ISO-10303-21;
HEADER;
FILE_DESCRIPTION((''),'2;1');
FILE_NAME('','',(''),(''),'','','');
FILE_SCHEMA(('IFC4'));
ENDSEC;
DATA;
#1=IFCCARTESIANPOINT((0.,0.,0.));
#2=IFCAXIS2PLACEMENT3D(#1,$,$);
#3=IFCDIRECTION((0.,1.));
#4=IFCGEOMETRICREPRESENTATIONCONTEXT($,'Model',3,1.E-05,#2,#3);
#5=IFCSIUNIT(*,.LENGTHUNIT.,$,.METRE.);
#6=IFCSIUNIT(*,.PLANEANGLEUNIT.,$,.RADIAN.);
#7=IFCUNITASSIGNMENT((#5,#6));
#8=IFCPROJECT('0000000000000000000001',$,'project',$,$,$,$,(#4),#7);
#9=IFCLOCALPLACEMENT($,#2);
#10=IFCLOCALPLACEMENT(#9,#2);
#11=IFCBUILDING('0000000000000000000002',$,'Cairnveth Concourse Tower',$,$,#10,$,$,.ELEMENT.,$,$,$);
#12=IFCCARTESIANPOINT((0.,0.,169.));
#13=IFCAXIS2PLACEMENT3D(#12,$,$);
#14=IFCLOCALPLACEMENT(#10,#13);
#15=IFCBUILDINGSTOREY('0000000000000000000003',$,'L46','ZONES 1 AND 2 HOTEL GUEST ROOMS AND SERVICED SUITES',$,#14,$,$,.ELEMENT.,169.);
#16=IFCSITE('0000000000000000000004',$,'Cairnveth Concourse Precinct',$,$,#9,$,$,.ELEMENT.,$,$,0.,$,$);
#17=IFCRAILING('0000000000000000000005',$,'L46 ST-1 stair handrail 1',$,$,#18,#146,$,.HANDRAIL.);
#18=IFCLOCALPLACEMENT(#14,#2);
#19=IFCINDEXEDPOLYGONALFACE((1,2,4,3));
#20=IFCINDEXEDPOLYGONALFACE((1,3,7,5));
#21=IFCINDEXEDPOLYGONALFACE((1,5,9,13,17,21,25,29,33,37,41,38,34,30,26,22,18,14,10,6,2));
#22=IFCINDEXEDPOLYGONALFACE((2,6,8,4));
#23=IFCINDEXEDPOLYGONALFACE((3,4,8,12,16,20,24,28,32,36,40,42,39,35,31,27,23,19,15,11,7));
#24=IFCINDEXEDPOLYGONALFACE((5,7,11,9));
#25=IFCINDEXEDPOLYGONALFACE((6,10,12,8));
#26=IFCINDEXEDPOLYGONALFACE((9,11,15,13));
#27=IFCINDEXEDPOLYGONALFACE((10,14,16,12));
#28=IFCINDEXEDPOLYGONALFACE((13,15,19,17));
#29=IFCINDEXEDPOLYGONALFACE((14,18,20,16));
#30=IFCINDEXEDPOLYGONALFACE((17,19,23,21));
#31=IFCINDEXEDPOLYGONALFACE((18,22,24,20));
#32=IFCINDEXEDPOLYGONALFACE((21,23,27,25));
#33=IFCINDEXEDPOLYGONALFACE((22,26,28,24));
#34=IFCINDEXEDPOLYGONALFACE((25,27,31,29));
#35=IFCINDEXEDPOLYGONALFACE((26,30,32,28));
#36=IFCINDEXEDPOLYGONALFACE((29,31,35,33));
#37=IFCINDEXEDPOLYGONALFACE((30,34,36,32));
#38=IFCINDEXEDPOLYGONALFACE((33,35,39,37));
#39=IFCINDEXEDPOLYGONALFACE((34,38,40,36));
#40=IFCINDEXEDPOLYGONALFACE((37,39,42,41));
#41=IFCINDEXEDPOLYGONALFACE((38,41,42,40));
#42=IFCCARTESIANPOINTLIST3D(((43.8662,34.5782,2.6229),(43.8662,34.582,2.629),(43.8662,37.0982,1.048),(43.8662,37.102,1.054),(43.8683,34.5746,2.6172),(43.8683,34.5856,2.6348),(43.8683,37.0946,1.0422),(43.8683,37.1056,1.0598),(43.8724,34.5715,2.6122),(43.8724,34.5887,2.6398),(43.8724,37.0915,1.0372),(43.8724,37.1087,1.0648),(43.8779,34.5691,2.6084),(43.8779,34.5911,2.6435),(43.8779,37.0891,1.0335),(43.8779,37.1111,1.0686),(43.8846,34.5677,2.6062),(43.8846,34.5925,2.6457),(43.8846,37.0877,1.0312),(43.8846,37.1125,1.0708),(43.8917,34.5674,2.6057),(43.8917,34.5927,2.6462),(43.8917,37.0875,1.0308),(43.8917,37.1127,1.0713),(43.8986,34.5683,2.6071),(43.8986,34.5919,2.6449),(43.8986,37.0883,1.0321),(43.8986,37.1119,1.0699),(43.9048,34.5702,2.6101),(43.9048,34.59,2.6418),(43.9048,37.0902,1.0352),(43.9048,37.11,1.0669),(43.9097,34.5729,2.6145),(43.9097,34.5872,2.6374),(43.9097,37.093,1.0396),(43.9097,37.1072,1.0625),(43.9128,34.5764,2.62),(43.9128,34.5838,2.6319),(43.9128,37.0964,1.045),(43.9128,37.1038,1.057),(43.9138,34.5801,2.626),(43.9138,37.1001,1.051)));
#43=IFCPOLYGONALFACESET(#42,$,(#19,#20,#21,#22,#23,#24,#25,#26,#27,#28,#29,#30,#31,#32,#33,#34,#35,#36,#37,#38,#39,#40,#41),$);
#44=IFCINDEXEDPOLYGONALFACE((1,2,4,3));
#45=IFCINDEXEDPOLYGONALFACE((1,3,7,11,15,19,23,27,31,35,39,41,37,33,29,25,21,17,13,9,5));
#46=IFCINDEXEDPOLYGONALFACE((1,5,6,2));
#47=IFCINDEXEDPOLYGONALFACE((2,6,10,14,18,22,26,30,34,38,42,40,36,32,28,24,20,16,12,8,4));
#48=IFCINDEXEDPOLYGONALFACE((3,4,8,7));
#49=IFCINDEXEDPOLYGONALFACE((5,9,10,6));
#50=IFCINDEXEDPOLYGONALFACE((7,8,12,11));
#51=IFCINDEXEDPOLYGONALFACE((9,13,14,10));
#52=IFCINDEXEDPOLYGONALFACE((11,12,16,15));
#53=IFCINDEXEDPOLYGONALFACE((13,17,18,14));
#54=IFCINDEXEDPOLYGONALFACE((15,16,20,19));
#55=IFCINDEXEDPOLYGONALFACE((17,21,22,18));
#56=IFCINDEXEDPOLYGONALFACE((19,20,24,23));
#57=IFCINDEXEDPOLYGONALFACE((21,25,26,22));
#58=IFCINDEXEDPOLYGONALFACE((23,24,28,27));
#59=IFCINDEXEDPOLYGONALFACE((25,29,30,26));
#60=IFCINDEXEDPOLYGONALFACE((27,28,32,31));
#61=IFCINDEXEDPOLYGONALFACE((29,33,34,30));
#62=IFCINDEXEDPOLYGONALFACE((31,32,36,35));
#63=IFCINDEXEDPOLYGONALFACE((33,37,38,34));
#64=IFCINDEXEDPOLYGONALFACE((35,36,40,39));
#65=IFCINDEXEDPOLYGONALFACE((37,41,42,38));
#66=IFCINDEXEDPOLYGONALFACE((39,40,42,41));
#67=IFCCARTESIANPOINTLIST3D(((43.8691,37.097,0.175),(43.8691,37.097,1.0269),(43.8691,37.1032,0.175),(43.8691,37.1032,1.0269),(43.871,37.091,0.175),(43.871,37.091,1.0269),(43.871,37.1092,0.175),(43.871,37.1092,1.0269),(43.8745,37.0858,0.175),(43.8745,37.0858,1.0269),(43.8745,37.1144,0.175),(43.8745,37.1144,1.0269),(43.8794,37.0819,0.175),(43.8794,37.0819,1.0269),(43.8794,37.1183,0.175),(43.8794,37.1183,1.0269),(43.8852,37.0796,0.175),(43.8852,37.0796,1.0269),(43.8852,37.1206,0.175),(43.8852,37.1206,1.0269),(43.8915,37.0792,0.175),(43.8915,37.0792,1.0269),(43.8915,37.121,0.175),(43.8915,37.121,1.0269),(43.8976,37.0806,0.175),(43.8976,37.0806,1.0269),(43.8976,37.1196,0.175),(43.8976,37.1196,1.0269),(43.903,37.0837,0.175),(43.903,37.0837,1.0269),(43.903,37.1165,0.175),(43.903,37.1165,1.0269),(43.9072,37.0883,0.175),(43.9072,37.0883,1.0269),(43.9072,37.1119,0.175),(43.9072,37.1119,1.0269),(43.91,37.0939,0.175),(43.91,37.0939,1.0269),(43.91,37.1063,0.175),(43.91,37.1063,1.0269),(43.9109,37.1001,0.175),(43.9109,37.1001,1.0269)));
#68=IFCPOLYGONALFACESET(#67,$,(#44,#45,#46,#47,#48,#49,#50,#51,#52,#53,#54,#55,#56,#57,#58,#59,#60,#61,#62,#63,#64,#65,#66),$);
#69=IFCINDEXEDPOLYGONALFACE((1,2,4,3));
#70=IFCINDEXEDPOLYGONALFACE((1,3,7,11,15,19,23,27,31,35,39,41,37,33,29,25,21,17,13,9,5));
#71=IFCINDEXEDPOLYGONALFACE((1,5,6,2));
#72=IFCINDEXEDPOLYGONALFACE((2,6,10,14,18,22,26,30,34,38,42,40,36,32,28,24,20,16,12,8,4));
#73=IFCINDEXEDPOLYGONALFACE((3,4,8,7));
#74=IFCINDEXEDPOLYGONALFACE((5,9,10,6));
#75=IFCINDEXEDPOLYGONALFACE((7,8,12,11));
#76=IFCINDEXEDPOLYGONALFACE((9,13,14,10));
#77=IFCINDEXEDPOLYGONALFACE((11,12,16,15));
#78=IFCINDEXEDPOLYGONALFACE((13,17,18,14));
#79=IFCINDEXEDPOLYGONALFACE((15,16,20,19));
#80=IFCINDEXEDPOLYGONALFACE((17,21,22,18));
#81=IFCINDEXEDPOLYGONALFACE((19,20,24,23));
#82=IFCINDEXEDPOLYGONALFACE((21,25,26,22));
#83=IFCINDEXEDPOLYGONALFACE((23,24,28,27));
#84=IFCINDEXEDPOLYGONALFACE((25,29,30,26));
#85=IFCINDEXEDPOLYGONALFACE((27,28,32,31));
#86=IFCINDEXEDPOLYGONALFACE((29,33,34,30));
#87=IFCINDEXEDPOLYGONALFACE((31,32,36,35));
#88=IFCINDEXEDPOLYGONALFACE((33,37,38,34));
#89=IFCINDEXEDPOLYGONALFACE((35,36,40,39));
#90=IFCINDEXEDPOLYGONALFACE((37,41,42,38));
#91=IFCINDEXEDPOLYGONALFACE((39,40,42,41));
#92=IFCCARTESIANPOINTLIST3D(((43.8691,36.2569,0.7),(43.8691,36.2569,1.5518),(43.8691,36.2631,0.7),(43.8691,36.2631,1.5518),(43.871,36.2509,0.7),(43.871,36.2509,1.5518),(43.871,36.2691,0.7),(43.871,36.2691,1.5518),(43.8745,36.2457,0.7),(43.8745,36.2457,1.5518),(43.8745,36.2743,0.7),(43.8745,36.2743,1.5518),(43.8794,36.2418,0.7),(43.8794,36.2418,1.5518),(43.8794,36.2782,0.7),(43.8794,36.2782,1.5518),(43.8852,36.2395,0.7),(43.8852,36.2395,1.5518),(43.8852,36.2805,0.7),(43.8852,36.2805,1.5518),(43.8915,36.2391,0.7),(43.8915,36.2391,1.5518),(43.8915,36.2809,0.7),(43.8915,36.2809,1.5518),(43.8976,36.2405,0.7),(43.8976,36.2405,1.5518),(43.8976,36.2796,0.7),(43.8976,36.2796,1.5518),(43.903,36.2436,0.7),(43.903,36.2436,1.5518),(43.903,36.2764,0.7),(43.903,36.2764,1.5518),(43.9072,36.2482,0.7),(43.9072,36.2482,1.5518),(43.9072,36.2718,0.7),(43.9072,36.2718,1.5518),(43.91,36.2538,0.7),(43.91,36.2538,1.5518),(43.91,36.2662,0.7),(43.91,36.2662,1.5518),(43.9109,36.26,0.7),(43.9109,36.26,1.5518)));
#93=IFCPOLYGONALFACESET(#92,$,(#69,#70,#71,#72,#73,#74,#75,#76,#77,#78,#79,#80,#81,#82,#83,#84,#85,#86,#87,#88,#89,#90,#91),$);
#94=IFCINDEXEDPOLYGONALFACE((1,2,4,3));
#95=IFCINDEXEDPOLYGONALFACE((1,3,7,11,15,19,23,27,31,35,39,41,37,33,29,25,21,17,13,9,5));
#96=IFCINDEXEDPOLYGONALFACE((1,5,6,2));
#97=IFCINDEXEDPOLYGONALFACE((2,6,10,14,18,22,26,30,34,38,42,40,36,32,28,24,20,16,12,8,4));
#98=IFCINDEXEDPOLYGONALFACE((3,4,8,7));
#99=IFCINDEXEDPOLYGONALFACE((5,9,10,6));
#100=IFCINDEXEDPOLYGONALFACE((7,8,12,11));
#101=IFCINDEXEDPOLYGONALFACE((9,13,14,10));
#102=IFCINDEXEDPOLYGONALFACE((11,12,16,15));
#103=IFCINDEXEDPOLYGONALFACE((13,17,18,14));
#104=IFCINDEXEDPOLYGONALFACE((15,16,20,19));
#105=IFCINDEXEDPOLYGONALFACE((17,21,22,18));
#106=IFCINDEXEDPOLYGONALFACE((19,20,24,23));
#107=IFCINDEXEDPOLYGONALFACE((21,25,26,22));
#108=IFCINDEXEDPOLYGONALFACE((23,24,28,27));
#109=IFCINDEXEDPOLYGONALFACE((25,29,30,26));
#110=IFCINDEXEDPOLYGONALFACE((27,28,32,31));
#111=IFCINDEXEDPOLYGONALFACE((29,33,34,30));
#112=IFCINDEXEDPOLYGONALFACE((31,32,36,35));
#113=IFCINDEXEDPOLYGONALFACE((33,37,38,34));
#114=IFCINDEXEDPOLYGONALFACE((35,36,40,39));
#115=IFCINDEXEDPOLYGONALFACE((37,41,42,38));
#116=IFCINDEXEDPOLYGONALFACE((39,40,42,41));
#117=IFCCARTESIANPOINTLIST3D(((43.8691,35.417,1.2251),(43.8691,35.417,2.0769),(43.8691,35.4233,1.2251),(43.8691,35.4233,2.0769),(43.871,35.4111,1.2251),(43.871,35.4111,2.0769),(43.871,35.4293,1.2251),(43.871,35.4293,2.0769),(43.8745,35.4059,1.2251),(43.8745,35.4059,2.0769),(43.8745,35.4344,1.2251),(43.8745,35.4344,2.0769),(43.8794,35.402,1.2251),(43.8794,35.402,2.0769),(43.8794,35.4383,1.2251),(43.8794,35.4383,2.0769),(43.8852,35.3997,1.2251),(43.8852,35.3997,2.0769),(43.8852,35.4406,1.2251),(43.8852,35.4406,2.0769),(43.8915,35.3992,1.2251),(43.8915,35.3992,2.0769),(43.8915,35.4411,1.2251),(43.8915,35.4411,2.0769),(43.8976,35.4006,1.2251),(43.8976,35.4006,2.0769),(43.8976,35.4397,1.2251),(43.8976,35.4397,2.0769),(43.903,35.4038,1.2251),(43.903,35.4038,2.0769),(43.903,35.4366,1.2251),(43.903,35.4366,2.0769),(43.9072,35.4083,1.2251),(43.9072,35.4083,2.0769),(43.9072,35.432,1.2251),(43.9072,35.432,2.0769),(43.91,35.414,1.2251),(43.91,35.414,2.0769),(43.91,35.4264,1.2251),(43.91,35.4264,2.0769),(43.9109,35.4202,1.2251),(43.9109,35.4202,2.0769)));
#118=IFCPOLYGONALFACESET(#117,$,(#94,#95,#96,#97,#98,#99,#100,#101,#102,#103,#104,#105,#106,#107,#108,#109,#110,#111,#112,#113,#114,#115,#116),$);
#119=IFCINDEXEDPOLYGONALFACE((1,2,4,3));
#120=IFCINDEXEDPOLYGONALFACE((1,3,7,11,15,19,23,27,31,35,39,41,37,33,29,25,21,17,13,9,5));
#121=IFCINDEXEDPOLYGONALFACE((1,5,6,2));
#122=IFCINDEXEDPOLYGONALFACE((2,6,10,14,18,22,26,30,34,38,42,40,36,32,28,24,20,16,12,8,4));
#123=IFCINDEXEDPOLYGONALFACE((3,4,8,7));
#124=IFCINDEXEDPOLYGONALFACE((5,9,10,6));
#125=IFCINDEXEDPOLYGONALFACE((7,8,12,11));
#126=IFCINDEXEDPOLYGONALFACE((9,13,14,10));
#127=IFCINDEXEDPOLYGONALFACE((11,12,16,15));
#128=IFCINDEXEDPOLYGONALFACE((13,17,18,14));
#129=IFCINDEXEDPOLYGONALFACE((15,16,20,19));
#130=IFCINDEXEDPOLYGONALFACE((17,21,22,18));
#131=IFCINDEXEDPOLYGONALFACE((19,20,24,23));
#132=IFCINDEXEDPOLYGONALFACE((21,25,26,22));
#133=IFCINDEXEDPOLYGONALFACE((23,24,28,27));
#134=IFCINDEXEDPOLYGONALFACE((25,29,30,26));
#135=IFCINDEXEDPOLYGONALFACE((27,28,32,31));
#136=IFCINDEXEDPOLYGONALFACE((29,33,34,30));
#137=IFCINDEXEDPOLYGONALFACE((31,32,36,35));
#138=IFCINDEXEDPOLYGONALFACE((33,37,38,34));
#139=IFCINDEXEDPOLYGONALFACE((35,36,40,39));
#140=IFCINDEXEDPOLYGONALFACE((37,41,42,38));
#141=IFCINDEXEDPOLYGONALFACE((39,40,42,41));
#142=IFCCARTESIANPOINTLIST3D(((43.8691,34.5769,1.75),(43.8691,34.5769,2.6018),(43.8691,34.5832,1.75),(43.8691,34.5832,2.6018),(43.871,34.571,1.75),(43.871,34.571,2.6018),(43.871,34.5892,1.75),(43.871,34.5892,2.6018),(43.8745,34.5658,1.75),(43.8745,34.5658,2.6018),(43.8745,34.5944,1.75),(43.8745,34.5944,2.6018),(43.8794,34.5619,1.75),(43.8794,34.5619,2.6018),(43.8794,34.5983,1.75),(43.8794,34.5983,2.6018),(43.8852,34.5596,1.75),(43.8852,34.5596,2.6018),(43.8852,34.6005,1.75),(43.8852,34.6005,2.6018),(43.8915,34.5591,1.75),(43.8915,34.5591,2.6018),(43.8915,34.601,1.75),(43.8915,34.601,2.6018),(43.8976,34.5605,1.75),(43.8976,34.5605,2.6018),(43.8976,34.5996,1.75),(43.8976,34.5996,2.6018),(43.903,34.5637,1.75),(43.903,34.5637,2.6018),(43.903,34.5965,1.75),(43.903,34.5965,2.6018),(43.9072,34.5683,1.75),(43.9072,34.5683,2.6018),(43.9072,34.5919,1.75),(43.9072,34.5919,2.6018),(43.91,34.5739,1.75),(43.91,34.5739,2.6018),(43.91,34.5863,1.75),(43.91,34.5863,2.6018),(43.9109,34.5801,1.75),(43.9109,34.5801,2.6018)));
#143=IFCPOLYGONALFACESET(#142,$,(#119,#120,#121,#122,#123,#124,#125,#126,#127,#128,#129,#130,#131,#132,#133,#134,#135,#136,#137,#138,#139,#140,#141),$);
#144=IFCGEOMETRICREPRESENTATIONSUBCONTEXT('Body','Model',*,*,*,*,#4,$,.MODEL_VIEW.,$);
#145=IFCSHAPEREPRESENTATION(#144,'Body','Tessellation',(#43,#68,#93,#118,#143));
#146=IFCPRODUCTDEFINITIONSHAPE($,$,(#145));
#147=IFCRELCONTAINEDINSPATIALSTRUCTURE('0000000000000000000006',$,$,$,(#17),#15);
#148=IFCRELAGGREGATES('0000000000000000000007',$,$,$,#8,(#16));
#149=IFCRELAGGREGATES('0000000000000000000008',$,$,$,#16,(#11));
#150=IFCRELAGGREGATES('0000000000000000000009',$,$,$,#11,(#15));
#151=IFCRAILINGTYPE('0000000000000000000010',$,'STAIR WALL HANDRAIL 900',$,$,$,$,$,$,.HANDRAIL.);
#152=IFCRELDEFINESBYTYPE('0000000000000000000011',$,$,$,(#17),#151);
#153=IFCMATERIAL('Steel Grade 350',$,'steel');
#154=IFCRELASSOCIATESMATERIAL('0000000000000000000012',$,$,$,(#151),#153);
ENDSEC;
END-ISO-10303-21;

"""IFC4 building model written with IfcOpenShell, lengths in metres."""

from ifc_helpers import new_model, si_unit, direction, frame, origin, origin_2d, place, context, subcontext, project, spatial, circle, extrude, material, type_object, element, save


model = new_model("IFC4")

# Units and contexts
model_context = context("Model", 3, precision=1e-05, world=origin(), true_north=direction((0.0, 1.0)))
body_context = subcontext(model_context, "Body", "Model", "MODEL_VIEW")
ifc_project = project(units=[si_unit("LENGTHUNIT", "METRE"), si_unit("PLANEANGLEUNIT", "RADIAN")], contexts=[model_context])

# Site, building, storey
site_placement = place(None, origin())
site = spatial("IfcSite", under=ifc_project, at=site_placement, Name="Cairnveth Concourse Precinct", CompositionType="ELEMENT", RefElevation=0.0)
building_placement = place(site_placement, origin())
building = spatial("IfcBuilding", under=site, at=building_placement, Name="Cairnveth Concourse Tower", CompositionType="ELEMENT")
storey_placement = place(building_placement, frame((0.0, 0.0, 169.0)))
storey = spatial("IfcBuildingStorey", under=building, at=storey_placement, Name="L46", Description="ZONES 1 AND 2 HOTEL GUEST ROOMS AND SERVICED SUITES", CompositionType="ELEMENT", Elevation=169.0)

# Shared definitions
ifc_material_1 = material(Name="Steel Grade 350", Category="steel")

# Railing
railing_type = type_object("IfcRailingType", Name="STAIR WALL HANDRAIL 900", PredefinedType="HANDRAIL", material=ifc_material_1)
railing_placement = place(storey_placement, frame((43.8899, 37.1001, 0.175)))
element("IfcRailing", 1, at=railing_placement, inside=storey, type_object=railing_type, Name="L46 ST-1 stair handrail 1", PredefinedType="HANDRAIL", context=body_context, shape_type="SweptSolid", body=[
    extrude(circle(Radius=0.0239, at=origin_2d()), frame((0.0, 0.0, 0.876), z_axis=(0.0, -0.848008, 0.529984), x_axis=(1.0, 0.0, 0.0)), (0.0, 0.0, 1.0), 2.9717),
    extrude(circle(Radius=0.021, at=origin_2d()), origin(), (0.0, 0.0, 1.0), 0.8518),
    extrude(circle(Radius=0.021, at=origin_2d()), frame((0.0, -0.8401, 0.5249)), (0.0, 0.0, 1.0), 0.8518),
    extrude(circle(Radius=0.021, at=origin_2d()), frame((0.0, -1.6799, 1.05)), (0.0, 0.0, 1.0), 0.8518),
    extrude(circle(Radius=0.021, at=origin_2d()), frame((0.0, -2.52, 1.575)), (0.0, 0.0, 1.0), 0.8518),
])

save(model, "model.ifc")
